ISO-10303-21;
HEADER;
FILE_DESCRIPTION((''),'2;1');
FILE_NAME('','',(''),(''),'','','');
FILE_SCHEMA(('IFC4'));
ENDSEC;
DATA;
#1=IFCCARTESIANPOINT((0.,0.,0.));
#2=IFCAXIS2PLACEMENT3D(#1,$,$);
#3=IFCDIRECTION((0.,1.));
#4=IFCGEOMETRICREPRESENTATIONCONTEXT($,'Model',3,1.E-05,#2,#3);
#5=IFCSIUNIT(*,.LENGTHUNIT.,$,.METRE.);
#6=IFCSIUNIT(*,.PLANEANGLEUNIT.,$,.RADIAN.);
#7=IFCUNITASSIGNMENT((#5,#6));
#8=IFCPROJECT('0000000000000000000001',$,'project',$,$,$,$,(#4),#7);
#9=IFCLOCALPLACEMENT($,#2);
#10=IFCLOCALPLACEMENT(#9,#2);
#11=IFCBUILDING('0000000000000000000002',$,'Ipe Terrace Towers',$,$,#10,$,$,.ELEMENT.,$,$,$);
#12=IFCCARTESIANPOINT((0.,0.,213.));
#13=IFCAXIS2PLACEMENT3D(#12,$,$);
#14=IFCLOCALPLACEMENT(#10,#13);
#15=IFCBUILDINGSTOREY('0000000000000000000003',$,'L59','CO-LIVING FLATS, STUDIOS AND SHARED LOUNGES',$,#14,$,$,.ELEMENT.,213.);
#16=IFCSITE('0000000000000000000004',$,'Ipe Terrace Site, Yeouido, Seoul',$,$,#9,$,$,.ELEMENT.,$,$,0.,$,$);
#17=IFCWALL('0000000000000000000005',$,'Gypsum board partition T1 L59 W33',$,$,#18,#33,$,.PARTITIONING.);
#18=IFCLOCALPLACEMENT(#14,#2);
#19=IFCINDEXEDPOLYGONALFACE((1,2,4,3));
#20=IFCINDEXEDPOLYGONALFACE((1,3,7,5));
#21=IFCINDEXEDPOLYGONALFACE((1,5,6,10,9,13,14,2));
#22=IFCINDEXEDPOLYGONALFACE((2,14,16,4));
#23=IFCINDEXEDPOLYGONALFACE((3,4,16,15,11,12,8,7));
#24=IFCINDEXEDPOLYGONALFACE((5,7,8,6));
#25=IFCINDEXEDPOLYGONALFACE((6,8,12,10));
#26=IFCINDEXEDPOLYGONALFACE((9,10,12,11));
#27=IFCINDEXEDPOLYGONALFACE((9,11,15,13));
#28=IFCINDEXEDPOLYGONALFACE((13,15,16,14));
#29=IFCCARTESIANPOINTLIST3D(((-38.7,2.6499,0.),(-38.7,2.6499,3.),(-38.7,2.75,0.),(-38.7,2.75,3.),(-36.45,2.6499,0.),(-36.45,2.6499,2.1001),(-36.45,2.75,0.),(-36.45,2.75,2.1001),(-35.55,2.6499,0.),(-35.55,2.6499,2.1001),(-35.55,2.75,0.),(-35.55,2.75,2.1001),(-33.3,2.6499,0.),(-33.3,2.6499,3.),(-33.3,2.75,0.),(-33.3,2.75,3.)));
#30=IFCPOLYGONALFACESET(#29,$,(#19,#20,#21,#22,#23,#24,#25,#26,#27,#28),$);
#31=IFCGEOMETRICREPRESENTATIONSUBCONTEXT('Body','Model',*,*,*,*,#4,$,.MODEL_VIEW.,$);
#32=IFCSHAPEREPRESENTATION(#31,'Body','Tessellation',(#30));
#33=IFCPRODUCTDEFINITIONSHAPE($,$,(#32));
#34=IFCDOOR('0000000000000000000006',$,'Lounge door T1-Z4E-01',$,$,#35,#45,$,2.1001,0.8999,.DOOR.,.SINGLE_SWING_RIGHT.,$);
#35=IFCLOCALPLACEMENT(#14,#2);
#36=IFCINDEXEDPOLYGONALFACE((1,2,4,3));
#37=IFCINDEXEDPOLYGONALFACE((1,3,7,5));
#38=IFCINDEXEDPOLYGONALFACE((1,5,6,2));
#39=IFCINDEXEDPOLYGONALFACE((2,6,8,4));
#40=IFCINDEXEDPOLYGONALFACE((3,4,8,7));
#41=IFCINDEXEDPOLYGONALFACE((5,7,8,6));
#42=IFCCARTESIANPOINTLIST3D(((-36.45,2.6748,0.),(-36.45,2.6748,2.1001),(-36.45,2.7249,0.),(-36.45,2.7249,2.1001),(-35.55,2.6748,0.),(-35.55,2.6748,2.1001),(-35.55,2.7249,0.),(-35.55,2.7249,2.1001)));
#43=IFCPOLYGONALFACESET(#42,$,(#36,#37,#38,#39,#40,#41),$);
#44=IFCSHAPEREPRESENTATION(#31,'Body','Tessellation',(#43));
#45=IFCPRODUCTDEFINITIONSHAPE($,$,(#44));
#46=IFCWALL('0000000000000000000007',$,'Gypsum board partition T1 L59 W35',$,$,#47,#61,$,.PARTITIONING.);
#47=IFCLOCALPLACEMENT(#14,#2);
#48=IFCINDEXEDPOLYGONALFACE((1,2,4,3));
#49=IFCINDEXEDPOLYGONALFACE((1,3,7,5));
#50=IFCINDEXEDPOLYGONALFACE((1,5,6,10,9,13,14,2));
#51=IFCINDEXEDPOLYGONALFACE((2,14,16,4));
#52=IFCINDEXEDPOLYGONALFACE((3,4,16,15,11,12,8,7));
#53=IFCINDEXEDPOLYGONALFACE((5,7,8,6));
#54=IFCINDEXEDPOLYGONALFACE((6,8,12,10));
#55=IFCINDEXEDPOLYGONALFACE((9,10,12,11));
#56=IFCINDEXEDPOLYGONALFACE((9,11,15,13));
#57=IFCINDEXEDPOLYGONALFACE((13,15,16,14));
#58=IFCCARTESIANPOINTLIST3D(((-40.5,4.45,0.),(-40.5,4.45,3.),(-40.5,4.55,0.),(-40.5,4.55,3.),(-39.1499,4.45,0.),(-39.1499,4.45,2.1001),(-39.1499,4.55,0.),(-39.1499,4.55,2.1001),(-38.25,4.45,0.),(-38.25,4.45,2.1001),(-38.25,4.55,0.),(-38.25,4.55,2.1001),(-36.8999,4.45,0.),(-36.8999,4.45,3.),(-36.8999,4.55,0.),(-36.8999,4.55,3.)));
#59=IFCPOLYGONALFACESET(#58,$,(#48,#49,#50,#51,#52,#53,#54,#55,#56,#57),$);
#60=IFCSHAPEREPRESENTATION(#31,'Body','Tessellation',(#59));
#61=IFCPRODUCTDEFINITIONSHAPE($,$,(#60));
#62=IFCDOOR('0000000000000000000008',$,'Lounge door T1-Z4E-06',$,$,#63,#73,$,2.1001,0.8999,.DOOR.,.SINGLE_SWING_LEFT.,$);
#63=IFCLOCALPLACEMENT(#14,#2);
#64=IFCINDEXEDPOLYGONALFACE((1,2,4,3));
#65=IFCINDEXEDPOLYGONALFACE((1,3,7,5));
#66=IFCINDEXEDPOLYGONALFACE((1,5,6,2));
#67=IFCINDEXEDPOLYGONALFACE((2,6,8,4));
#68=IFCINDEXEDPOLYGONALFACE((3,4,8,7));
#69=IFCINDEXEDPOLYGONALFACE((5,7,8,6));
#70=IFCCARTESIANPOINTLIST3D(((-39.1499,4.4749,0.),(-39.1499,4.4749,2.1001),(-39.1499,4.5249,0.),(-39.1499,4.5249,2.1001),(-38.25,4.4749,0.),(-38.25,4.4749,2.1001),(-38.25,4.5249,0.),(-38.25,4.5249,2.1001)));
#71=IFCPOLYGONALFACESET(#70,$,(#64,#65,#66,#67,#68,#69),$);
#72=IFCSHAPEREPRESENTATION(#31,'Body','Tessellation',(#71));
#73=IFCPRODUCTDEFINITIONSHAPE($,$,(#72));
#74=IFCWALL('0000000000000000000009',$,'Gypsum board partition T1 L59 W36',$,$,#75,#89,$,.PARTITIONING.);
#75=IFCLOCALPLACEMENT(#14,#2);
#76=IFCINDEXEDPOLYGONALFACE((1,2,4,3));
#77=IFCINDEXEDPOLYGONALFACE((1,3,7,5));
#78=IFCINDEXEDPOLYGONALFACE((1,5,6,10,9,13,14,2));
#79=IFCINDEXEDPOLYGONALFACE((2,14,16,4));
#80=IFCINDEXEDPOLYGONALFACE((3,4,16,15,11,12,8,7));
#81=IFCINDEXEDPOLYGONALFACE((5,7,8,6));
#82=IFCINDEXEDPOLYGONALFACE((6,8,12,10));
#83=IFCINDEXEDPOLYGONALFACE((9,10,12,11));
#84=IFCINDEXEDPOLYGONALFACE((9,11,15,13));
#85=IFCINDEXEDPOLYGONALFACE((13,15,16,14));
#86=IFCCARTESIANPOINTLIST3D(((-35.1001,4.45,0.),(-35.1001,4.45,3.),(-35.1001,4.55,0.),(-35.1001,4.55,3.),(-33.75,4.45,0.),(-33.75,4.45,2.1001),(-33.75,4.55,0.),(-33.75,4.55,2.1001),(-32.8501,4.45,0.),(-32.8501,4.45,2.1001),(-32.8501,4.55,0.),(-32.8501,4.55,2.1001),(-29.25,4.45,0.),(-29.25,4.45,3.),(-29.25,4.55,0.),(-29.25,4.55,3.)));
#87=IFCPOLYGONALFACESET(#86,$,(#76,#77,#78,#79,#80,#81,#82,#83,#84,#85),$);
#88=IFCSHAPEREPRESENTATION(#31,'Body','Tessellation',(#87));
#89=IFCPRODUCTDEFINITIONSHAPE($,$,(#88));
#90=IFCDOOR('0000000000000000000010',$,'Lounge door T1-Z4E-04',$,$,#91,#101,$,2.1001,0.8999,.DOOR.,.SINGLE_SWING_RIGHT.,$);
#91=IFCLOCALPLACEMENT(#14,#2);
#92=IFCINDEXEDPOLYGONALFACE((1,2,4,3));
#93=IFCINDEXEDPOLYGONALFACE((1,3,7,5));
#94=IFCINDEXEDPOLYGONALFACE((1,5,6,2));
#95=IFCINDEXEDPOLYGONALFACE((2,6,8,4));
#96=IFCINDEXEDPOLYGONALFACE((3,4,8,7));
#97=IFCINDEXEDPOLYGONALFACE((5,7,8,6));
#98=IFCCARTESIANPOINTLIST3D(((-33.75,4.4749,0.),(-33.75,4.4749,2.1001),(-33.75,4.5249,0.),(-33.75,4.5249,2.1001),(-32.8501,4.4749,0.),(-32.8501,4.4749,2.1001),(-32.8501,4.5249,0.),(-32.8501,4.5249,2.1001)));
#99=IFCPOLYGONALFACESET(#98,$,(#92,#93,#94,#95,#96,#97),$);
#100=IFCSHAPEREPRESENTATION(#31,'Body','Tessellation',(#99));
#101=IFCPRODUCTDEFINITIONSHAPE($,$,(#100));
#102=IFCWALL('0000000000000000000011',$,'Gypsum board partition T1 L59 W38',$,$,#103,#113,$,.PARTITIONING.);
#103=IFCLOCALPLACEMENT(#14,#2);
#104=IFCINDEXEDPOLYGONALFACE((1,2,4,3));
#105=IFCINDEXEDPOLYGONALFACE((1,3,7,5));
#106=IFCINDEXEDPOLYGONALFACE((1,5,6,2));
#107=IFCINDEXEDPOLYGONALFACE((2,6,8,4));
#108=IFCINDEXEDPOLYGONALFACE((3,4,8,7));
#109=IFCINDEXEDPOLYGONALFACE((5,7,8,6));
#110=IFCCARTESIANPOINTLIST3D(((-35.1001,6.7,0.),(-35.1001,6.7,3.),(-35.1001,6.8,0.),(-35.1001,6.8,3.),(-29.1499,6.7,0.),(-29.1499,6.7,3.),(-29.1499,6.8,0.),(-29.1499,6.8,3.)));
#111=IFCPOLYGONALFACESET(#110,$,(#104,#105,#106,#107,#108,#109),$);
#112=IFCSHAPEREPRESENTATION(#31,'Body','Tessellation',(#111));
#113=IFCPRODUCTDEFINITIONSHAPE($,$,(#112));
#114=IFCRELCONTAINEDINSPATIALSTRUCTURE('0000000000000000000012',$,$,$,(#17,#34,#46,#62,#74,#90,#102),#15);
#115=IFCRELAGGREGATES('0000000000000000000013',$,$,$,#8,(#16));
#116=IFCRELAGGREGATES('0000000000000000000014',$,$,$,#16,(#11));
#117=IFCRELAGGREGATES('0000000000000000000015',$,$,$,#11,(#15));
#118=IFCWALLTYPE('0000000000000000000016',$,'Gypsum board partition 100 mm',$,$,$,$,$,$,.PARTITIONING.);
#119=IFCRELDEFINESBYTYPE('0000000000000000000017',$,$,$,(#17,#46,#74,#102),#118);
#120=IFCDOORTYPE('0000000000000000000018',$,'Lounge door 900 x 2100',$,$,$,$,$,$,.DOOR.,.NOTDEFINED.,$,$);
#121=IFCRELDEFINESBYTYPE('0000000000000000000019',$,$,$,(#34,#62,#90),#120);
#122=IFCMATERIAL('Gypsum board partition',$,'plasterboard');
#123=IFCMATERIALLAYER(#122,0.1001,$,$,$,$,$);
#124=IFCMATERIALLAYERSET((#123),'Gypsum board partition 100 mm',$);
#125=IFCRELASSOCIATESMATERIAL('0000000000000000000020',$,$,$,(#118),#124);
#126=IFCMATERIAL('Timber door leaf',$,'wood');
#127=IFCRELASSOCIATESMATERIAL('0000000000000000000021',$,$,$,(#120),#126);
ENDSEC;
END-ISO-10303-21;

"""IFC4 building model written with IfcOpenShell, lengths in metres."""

from ifc_helpers import new_model, si_unit, direction, frame, frame_2d, origin, place, context, subcontext, project, spatial, rectangle, extrude, material, layer, layer_set, type_object, element, fill, save


model = new_model("IFC4")

# Units and contexts
model_context = context("Model", 3, precision=1e-05, world=origin(), true_north=direction((0.0, 1.0)))
body_context = subcontext(model_context, "Body", "Model", "MODEL_VIEW")
ifc_project = project(units=[si_unit("LENGTHUNIT", "METRE"), si_unit("PLANEANGLEUNIT", "RADIAN")], contexts=[model_context])

# Site, building, storey
site_placement = place(None, origin())
site = spatial("IfcSite", under=ifc_project, at=site_placement, Name="Ipe Terrace Site, Yeouido, Seoul", CompositionType="ELEMENT", RefElevation=0.0)
building_placement = place(site_placement, origin())
building = spatial("IfcBuilding", under=site, at=building_placement, Name="Ipe Terrace Towers", CompositionType="ELEMENT")
storey_placement = place(building_placement, frame((0.0, 0.0, 213.0)))
storey = spatial("IfcBuildingStorey", under=building, at=storey_placement, Name="L59", Description="CO-LIVING FLATS, STUDIOS AND SHARED LOUNGES", CompositionType="ELEMENT", Elevation=213.0)

# Shared definitions
ifc_material_1 = material(Name="Gypsum board partition", Category="plasterboard")
ifc_layer_1 = layer(ifc_material_1, 0.1001)
ifc_layer_set_1 = layer_set([ifc_layer_1], Name="Gypsum board partition 100 mm")
wall_type_1 = type_object("IfcWallType", Name="Gypsum board partition 100 mm", PredefinedType="PARTITIONING", material=ifc_layer_set_1)

# Shared definitions
ifc_material_2 = material(Name="Timber door leaf", Category="wood")
door_type = type_object("IfcDoorType", Name="Lounge door 900 x 2100", OperationType="NOTDEFINED", PredefinedType="DOOR", material=ifc_material_2)

# Walls, openings, doors
wall_1_placement = place(storey_placement, frame((-38.7, 2.7, 0.0), z_axis=(0.0, 0.0, 1.0), x_axis=(1.0, 0.0, 0.0)))
wall_1 = element("IfcWall", 1, at=wall_1_placement, inside=storey, type_object=wall_type_1, Name="Gypsum board partition T1 L59 W33", PredefinedType="PARTITIONING", context=body_context, shape_type="SweptSolid", body=[
    extrude(rectangle(XDim=5.3999, YDim=0.1001, at=frame_2d((2.7, 0.0))), origin(), (0.0, 0.0, 1.0), 3.0),
])
opening_1_placement = place(wall_1_placement, frame((2.25, 0.0, 0.0)))
opening_1 = element("IfcOpeningElement", 2, at=opening_1_placement, cuts=wall_1, PredefinedType="OPENING", context=body_context, shape_type="SweptSolid", body=[
    extrude(rectangle(XDim=0.8999, YDim=2.1001, at=frame_2d((0.45, 1.05))), frame((0.0, 0.0601, 0.0), z_axis=(0.0, -1.0, 0.0), x_axis=(1.0, 0.0, 0.0)), (0.0, 0.0, 1.0), 0.1201),
])
door_1_placement = place(opening_1_placement, origin())
door_1 = element("IfcDoor", 3, at=door_1_placement, inside=storey, type_object=door_type, Name="Lounge door T1-Z4E-01", OperationType="SINGLE_SWING_RIGHT", OverallHeight=2.1001, OverallWidth=0.8999, PredefinedType="DOOR", context=body_context, shape_type="SweptSolid", body=[
    extrude(rectangle(XDim=0.8999, YDim=2.1001, at=frame_2d((0.45, 1.05))), frame((0.0, 0.0249, 0.0), z_axis=(0.0, -1.0, 0.0), x_axis=(1.0, 0.0, 0.0)), (0.0, 0.0, 1.0), 0.05),
])
fill(opening_1, door_1)
wall_2_placement = place(storey_placement, frame((-40.5, 4.5, 0.0), z_axis=(0.0, 0.0, 1.0), x_axis=(1.0, 0.0, 0.0)))
wall_2 = element("IfcWall", 4, at=wall_2_placement, inside=storey, type_object=wall_type_1, Name="Gypsum board partition T1 L59 W35", PredefinedType="PARTITIONING", context=body_context, shape_type="SweptSolid", body=[
    extrude(rectangle(XDim=3.6001, YDim=0.1001, at=frame_2d((1.8, 0.0))), origin(), (0.0, 0.0, 1.0), 3.0),
])
opening_2_placement = place(wall_2_placement, frame((1.3501, 0.0, 0.0)))
opening_2 = element("IfcOpeningElement", 5, at=opening_2_placement, cuts=wall_2, PredefinedType="OPENING", context=body_context, shape_type="SweptSolid", body=[
    extrude(rectangle(XDim=0.8999, YDim=2.1001, at=frame_2d((0.45, 1.05))), frame((0.0, 0.0601, 0.0), z_axis=(0.0, -1.0, 0.0), x_axis=(1.0, 0.0, 0.0)), (0.0, 0.0, 1.0), 0.1201),
])
door_2_placement = place(opening_2_placement, origin())
door_2 = element("IfcDoor", 6, at=door_2_placement, inside=storey, type_object=door_type, Name="Lounge door T1-Z4E-06", OperationType="SINGLE_SWING_LEFT", OverallHeight=2.1001, OverallWidth=0.8999, PredefinedType="DOOR", context=body_context, shape_type="SweptSolid", body=[
    extrude(rectangle(XDim=0.8999, YDim=2.1001, at=frame_2d((0.45, 1.05))), frame((0.0, 0.0249, 0.0), z_axis=(0.0, -1.0, 0.0), x_axis=(1.0, 0.0, 0.0)), (0.0, 0.0, 1.0), 0.05),
])
fill(opening_2, door_2)
wall_3_placement = place(storey_placement, frame((-35.1001, 4.5, 0.0), z_axis=(0.0, 0.0, 1.0), x_axis=(1.0, 0.0, 0.0)))
wall_3 = element("IfcWall", 7, at=wall_3_placement, inside=storey, type_object=wall_type_1, Name="Gypsum board partition T1 L59 W36", PredefinedType="PARTITIONING", context=body_context, shape_type="SweptSolid", body=[
    extrude(rectangle(XDim=5.8501, YDim=0.1001, at=frame_2d((2.925, 0.0))), origin(), (0.0, 0.0, 1.0), 3.0),
])
opening_3_placement = place(wall_3_placement, frame((1.3501, 0.0, 0.0)))
opening_3 = element("IfcOpeningElement", 8, at=opening_3_placement, cuts=wall_3, PredefinedType="OPENING", context=body_context, shape_type="SweptSolid", body=[
    extrude(rectangle(XDim=0.8999, YDim=2.1001, at=frame_2d((0.45, 1.05))), frame((0.0, 0.0601, 0.0), z_axis=(0.0, -1.0, 0.0), x_axis=(1.0, 0.0, 0.0)), (0.0, 0.0, 1.0), 0.1201),
])
door_3_placement = place(opening_3_placement, origin())
door_3 = element("IfcDoor", 9, at=door_3_placement, inside=storey, type_object=door_type, Name="Lounge door T1-Z4E-04", OperationType="SINGLE_SWING_RIGHT", OverallHeight=2.1001, OverallWidth=0.8999, PredefinedType="DOOR", context=body_context, shape_type="SweptSolid", body=[
    extrude(rectangle(XDim=0.8999, YDim=2.1001, at=frame_2d((0.45, 1.05))), frame((0.0, 0.0249, 0.0), z_axis=(0.0, -1.0, 0.0), x_axis=(1.0, 0.0, 0.0)), (0.0, 0.0, 1.0), 0.05),
])
fill(opening_3, door_3)

# Wall
wall_4_placement = place(storey_placement, frame((-35.1001, 6.75, 0.0), z_axis=(0.0, 0.0, 1.0), x_axis=(1.0, 0.0, 0.0)))
element("IfcWall", 10, at=wall_4_placement, inside=storey, type_object=wall_type_1, Name="Gypsum board partition T1 L59 W38", PredefinedType="PARTITIONING", context=body_context, shape_type="SweptSolid", body=[
    extrude(rectangle(XDim=5.9502, YDim=0.1001, at=frame_2d((2.9751, 0.0))), origin(), (0.0, 0.0, 1.0), 3.0),
])

save(model, "model.ifc")
